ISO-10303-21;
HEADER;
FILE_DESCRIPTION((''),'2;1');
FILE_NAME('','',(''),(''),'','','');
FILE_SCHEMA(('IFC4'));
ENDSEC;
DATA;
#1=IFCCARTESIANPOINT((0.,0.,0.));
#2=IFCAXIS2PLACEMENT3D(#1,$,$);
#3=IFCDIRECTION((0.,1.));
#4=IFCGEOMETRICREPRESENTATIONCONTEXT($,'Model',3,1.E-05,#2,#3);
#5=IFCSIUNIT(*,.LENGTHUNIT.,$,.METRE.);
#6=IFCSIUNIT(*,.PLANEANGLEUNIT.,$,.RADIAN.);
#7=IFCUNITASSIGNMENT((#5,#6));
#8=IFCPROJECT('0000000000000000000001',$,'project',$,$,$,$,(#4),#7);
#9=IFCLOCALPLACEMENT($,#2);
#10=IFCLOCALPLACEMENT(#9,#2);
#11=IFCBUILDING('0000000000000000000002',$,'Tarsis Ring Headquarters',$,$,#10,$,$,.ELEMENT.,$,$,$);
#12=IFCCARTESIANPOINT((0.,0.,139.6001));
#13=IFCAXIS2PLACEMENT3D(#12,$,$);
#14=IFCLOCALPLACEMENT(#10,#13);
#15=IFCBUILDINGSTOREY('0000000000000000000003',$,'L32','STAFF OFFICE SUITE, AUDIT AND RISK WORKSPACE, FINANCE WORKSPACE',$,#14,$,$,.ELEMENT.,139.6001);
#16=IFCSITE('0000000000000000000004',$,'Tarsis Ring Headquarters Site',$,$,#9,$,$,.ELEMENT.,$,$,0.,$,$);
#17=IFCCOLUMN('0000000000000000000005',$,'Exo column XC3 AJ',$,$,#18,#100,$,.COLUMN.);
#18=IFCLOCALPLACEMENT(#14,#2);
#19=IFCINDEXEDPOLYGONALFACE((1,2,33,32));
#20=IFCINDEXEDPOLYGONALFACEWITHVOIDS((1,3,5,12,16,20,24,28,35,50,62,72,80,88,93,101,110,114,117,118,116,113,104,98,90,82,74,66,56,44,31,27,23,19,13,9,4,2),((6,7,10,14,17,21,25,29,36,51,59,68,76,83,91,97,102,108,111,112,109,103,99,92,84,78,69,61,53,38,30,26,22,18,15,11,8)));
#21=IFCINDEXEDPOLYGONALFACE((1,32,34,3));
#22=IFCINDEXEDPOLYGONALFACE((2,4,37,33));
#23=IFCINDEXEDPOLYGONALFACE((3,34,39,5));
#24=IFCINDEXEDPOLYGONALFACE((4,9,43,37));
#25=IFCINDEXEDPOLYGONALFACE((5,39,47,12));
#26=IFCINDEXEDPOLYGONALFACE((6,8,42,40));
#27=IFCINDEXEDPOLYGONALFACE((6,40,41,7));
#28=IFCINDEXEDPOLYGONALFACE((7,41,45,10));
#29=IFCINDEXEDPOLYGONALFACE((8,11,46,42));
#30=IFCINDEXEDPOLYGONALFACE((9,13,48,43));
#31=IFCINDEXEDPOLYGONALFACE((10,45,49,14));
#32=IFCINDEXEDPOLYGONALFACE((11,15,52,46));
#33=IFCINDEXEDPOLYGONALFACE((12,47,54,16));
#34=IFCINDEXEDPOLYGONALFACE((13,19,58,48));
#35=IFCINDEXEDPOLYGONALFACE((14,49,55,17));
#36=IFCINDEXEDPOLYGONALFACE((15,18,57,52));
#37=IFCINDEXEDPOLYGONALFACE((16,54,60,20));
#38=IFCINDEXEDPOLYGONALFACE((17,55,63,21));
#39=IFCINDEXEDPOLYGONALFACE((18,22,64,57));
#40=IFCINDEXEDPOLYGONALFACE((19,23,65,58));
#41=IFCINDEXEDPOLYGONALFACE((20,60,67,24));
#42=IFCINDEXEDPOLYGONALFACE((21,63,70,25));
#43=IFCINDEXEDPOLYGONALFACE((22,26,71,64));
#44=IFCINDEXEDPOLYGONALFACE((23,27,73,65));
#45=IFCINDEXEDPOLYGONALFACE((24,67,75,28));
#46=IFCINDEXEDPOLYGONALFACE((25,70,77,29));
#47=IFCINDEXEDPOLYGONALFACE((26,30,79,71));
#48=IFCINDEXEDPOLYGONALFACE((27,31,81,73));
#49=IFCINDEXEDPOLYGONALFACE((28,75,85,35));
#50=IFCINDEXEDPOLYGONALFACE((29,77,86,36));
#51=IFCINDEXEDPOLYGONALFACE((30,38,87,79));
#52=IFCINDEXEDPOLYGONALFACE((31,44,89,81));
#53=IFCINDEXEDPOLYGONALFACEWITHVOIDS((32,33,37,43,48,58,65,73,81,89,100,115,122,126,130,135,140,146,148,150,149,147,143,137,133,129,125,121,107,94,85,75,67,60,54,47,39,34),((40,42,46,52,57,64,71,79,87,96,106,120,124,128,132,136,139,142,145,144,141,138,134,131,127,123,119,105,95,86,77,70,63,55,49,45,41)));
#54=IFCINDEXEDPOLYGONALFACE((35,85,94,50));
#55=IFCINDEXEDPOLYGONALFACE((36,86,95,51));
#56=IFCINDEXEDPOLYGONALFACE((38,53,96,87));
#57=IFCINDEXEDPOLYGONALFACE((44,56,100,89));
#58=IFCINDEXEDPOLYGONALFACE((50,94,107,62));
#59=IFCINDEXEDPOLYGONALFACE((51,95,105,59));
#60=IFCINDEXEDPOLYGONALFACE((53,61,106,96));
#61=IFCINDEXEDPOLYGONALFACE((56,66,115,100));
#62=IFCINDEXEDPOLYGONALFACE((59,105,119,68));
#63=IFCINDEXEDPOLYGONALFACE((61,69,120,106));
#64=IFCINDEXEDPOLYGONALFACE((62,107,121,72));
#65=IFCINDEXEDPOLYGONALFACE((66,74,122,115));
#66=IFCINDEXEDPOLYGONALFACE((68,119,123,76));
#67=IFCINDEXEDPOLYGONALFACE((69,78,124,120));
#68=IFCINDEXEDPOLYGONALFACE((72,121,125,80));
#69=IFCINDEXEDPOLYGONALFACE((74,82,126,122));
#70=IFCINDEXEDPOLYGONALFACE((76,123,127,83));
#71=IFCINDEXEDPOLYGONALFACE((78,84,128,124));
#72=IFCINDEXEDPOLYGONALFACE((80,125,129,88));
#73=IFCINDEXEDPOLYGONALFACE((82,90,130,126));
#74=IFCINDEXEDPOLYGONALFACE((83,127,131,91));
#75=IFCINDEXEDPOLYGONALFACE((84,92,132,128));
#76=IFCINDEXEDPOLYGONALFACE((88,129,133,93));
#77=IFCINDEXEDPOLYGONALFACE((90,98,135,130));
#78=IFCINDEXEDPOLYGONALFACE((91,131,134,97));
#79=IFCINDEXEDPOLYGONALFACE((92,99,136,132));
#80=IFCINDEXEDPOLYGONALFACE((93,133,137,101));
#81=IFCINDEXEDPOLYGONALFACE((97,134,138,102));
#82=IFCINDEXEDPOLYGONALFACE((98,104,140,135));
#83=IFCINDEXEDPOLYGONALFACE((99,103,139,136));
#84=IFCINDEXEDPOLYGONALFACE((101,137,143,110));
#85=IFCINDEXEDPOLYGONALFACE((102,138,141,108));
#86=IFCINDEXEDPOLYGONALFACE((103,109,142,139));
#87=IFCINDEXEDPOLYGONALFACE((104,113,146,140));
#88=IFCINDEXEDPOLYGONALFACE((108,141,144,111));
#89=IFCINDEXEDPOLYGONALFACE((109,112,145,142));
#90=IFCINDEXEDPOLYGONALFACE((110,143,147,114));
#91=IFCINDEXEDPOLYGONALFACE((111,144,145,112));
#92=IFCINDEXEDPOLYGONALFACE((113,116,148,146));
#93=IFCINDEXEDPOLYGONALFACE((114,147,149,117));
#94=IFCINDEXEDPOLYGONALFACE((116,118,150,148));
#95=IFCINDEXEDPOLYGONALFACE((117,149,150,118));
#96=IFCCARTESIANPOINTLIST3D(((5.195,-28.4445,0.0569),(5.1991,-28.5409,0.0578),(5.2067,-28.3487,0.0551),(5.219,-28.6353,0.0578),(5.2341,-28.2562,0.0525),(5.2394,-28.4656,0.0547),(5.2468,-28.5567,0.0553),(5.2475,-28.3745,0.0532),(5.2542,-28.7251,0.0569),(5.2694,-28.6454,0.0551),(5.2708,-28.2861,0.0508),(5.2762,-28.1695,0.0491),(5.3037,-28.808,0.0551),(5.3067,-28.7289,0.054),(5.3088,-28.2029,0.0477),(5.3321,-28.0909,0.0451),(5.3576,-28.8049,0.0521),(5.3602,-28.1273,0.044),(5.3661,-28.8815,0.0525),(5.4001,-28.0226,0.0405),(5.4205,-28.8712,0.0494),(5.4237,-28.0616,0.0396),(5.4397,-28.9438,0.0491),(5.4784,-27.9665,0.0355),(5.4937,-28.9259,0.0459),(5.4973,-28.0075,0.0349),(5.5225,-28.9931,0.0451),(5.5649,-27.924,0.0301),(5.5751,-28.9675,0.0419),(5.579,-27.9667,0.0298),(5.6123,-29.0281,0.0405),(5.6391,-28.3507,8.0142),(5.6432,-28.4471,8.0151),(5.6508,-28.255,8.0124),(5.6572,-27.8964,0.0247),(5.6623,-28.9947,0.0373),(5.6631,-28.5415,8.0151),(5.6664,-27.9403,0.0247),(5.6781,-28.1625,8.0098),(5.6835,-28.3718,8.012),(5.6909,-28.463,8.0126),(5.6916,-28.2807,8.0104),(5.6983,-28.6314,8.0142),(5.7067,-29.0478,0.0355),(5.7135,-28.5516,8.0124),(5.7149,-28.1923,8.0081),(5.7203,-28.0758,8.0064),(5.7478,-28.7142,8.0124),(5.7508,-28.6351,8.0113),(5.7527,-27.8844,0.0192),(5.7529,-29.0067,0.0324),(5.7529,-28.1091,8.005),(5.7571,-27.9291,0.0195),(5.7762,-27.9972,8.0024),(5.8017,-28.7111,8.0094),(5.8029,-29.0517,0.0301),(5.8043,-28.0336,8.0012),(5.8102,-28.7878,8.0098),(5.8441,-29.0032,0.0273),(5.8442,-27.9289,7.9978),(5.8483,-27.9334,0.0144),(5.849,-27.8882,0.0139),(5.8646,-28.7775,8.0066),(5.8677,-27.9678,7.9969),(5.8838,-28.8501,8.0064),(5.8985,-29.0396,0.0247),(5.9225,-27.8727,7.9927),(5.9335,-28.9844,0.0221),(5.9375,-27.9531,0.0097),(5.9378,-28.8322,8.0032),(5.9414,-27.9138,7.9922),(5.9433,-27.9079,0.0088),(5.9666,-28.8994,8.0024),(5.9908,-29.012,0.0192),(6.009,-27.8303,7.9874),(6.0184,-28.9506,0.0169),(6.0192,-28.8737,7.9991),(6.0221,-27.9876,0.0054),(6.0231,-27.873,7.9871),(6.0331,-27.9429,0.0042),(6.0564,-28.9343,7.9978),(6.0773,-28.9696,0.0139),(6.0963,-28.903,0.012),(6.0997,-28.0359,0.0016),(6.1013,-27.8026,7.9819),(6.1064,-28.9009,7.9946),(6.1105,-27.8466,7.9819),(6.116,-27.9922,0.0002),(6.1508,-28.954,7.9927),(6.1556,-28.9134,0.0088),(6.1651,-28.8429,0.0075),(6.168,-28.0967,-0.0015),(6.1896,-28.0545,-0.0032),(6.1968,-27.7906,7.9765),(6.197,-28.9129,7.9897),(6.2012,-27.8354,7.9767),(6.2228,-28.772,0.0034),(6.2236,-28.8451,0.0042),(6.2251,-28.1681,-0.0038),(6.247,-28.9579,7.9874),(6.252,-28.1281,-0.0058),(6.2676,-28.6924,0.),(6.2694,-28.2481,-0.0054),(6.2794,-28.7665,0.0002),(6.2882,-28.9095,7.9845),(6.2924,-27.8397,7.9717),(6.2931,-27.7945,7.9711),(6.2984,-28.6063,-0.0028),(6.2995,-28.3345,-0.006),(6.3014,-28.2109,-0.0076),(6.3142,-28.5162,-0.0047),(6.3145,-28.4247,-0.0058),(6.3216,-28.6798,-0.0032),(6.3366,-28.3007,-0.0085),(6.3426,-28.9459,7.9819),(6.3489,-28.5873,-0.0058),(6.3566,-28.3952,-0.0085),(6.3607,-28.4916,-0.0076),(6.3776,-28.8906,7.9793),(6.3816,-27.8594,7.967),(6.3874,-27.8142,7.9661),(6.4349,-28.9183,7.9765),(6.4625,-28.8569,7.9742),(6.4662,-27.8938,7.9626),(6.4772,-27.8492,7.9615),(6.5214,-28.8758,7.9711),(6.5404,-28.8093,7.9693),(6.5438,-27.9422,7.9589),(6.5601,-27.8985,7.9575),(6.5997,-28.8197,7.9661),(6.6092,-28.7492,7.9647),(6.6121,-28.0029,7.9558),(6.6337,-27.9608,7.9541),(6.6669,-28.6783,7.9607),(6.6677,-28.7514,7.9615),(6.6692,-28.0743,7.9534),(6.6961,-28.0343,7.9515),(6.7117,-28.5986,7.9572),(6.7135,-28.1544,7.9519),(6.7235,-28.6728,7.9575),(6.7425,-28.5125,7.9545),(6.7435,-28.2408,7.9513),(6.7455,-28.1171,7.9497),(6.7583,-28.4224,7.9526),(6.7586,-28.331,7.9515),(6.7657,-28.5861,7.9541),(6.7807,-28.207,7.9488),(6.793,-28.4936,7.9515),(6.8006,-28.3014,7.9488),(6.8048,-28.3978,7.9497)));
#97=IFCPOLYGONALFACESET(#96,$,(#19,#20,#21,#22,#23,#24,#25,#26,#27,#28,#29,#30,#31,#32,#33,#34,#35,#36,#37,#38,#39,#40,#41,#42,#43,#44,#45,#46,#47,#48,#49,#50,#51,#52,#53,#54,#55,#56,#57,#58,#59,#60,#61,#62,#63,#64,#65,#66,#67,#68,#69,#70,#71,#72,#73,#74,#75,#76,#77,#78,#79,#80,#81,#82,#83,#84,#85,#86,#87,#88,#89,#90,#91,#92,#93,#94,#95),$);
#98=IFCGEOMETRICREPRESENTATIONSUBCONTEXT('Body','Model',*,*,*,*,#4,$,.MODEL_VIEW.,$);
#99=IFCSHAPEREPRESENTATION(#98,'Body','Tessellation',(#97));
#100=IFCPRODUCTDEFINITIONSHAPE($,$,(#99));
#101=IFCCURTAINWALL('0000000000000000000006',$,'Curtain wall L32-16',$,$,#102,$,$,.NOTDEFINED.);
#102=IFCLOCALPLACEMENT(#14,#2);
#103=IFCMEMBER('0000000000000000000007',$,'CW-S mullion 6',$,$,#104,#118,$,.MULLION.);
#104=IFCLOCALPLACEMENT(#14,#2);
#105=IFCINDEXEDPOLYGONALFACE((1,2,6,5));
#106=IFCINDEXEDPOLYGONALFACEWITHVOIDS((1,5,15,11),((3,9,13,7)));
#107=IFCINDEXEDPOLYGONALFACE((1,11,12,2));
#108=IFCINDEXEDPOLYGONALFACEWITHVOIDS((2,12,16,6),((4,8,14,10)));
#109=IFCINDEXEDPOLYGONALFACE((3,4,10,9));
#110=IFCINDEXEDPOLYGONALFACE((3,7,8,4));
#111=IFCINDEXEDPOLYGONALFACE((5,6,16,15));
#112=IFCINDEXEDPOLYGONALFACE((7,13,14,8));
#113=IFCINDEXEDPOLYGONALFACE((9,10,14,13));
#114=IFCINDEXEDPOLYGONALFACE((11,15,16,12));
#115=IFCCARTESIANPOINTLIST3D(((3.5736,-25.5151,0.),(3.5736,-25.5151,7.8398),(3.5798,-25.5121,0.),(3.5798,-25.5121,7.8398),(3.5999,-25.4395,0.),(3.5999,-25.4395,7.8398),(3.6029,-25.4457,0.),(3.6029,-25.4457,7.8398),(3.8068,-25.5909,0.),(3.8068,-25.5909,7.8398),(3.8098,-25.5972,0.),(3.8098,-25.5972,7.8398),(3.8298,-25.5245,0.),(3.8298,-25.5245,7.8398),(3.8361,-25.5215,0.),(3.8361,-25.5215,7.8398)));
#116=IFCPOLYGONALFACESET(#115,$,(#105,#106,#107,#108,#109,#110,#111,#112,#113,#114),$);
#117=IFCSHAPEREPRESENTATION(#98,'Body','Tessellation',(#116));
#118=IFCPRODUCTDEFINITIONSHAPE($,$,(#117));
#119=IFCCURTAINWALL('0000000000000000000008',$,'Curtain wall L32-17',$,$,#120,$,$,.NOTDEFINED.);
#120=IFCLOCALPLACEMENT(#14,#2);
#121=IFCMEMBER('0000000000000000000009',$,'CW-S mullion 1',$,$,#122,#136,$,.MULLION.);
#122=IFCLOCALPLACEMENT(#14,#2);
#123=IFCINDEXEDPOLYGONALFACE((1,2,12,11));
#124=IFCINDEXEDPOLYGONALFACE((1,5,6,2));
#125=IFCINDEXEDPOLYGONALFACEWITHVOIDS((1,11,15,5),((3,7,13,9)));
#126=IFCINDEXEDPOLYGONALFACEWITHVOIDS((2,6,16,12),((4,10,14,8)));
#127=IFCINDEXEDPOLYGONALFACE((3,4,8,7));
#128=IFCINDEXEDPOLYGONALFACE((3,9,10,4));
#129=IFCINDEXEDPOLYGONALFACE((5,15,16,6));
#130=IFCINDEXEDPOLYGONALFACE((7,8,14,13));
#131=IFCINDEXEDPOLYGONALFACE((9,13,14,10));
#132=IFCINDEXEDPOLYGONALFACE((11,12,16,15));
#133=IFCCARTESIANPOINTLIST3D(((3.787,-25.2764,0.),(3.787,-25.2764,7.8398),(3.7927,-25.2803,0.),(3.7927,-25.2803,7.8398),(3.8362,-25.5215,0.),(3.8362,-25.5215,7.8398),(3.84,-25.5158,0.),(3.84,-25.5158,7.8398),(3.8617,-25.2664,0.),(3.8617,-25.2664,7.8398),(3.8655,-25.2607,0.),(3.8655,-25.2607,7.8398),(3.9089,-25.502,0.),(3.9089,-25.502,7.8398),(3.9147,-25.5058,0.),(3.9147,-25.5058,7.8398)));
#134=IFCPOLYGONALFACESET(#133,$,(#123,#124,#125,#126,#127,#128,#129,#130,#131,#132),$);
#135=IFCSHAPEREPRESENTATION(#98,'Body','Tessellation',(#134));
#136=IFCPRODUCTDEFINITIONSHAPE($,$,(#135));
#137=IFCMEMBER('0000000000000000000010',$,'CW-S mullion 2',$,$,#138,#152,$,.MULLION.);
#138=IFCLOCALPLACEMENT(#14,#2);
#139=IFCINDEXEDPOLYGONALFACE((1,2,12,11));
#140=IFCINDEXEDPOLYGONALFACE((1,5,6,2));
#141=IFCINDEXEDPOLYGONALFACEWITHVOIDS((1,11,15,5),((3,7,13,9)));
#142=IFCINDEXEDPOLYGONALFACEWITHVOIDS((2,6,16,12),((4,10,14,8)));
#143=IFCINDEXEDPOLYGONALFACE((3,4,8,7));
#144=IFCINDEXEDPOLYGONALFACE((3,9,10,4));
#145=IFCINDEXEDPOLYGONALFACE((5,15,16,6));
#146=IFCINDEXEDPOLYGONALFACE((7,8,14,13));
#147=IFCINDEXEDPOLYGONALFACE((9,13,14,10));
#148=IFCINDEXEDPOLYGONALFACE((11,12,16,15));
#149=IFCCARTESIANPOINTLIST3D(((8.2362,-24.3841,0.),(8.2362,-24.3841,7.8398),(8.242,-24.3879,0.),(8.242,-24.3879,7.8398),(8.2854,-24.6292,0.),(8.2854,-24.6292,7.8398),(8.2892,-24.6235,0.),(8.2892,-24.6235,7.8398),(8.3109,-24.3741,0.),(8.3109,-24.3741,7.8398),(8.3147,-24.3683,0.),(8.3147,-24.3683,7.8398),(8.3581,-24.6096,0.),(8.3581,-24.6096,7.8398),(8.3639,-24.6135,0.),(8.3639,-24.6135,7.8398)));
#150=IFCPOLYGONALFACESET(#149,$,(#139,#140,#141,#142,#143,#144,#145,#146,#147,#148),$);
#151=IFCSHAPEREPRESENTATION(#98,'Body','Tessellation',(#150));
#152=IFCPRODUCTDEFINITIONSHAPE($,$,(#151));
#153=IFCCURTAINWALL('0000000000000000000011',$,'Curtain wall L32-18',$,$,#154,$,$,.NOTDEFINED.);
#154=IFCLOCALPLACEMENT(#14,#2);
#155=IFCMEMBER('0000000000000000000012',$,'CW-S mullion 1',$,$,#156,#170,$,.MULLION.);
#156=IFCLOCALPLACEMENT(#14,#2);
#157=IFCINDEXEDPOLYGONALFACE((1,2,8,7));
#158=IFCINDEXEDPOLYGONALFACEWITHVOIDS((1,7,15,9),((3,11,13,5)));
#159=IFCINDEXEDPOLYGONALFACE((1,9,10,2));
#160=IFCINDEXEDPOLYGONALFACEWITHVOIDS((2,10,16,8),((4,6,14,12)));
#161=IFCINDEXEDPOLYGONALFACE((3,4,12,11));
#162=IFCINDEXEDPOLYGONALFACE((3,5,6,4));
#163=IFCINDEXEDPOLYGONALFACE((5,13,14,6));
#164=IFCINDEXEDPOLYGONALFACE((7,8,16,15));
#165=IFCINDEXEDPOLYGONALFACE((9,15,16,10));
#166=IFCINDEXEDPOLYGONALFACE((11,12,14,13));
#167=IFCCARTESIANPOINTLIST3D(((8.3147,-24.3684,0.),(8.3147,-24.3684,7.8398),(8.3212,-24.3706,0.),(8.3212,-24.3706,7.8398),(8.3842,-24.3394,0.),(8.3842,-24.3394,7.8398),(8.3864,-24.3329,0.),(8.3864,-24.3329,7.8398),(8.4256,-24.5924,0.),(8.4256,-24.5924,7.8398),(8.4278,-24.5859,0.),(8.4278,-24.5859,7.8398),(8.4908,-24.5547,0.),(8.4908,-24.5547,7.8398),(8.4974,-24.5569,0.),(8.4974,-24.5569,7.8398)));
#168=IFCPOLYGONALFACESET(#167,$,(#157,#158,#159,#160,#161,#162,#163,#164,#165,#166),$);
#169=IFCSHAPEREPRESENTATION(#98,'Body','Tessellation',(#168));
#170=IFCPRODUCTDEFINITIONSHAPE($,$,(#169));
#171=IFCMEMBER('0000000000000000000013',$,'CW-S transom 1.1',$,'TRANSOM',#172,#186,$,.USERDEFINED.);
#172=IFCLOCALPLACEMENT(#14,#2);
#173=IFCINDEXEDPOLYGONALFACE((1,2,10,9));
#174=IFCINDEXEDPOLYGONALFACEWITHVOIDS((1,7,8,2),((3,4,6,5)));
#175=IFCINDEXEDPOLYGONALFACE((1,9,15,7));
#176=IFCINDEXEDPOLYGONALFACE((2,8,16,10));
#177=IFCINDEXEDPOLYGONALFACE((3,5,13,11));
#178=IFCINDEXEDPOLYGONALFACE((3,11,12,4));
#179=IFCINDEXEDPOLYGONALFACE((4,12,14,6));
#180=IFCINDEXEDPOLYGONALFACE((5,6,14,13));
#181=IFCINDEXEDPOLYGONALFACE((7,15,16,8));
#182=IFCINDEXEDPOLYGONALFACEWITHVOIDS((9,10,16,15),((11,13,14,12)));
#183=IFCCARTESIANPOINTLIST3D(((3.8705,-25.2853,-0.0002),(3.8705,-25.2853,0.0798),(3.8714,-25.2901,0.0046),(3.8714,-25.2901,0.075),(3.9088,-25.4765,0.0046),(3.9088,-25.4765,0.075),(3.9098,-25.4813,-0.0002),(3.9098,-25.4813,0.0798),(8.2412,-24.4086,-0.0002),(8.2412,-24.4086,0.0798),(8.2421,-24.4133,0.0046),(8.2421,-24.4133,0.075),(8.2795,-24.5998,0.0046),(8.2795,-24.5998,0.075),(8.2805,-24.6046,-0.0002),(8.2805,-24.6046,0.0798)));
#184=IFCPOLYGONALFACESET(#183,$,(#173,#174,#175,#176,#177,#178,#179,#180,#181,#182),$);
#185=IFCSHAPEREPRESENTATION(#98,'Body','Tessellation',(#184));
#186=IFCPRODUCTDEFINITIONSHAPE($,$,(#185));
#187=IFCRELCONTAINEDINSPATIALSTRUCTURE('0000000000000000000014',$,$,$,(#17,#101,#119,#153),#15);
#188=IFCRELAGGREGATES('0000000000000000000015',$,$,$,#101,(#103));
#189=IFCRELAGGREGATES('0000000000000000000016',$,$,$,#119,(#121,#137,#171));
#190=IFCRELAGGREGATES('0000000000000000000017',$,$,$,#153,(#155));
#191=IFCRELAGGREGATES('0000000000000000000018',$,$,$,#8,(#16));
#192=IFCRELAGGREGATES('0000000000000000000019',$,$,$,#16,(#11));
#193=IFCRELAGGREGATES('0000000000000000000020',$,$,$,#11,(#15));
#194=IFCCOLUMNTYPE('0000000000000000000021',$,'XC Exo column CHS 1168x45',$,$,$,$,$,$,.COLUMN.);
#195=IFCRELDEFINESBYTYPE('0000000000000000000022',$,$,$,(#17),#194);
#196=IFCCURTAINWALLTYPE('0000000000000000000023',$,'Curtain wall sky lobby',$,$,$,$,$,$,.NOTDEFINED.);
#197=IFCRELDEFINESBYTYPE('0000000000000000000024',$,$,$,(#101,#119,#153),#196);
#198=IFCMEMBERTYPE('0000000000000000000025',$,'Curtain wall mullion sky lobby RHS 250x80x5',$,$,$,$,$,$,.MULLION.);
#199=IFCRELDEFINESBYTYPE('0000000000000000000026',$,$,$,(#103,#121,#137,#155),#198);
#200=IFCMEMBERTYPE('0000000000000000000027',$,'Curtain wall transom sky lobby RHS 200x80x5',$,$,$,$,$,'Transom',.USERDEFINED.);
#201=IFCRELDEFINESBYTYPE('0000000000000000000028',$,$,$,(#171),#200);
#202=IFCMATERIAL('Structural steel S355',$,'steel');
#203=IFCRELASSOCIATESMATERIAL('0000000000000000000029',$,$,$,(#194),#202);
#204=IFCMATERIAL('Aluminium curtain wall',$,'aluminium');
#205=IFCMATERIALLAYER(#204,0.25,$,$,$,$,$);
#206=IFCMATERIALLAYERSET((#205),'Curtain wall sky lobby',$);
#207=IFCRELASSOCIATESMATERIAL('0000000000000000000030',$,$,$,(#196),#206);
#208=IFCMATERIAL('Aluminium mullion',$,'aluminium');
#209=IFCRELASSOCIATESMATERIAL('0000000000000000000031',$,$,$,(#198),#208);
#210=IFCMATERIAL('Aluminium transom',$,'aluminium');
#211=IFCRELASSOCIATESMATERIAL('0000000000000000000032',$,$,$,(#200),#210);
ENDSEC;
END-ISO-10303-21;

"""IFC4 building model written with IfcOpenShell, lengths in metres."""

from ifc_helpers import new_model, si_unit, direction, frame, origin, origin_2d, place, context, subcontext, project, spatial, hollow_rectangle, hollow_circle, extrude, material, layer, layer_set, material_profile, profile_set, type_object, element, aggregate, save


model = new_model("IFC4")

# Units and contexts
model_context = context("Model", 3, precision=1e-05, world=origin(), true_north=direction((0.0, 1.0)))
body_context = subcontext(model_context, "Body", "Model", "MODEL_VIEW")
ifc_project = project(units=[si_unit("LENGTHUNIT", "METRE"), si_unit("PLANEANGLEUNIT", "RADIAN")], contexts=[model_context])

# Site, building, storey
site_placement = place(None, origin())
site = spatial("IfcSite", under=ifc_project, at=site_placement, Name="Tarsis Ring Headquarters Site", CompositionType="ELEMENT", RefElevation=0.0)
building_placement = place(site_placement, origin())
building = spatial("IfcBuilding", under=site, at=building_placement, Name="Tarsis Ring Headquarters", CompositionType="ELEMENT")
storey_placement = place(building_placement, frame((0.0, 0.0, 139.6001)))
storey = spatial("IfcBuildingStorey", under=building, at=storey_placement, Name="L32", Description="STAFF OFFICE SUITE, AUDIT AND RISK WORKSPACE, FINANCE WORKSPACE", CompositionType="ELEMENT", Elevation=139.6001)

# Column
ifc_material_1 = material(Name="Structural steel S355", Category="steel")
ifc_material_profile_1 = material_profile(ifc_material_1, hollow_circle(Radius=0.5842, WallThickness=0.0449, at=origin_2d()), Name="CHS 1168x45")
ifc_profile_set_1 = profile_set([ifc_material_profile_1], Name="Structural steel S355")
column_type = type_object("IfcColumnType", Name="XC Exo column CHS 1168x45", PredefinedType="COLUMN", material=ifc_profile_set_1)
column_placement = place(storey_placement, frame((5.7778, -28.468, 0.0247), z_axis=(0.055719, 0.011763, 0.998377), x_axis=(-0.206553, 0.978435, 0.0)))
element("IfcColumn", 1, at=column_placement, inside=storey, type_object=column_type, Name="Exo column XC3 AJ", PredefinedType="COLUMN", context=body_context, shape_type="SweptSolid", body=[
    extrude(hollow_circle(Radius=0.5842, WallThickness=0.0449, at=origin_2d()), origin(), (0.0, 0.0, 1.0), 7.9702),
])

# Curtain wall, member
ifc_material_2 = material(Name="Aluminium curtain wall", Category="aluminium")
ifc_layer_1 = layer(ifc_material_2, 0.25)
ifc_layer_set_1 = layer_set([ifc_layer_1], Name="Curtain wall sky lobby")
curtain_wall_type = type_object("IfcCurtainWallType", Name="Curtain wall sky lobby", PredefinedType="NOTDEFINED", material=ifc_layer_set_1)
curtain_wall_1_placement = place(storey_placement, origin())
curtain_wall_1 = element("IfcCurtainWall", 2, at=curtain_wall_1_placement, inside=storey, type_object=curtain_wall_type, Name="Curtain wall L32-16", PredefinedType="NOTDEFINED")
ifc_material_3 = material(Name="Aluminium mullion", Category="aluminium")
ifc_material_profile_2 = material_profile(ifc_material_3, hollow_rectangle(XDim=0.25, YDim=0.0801, WallThickness=0.0049, at=origin_2d()), Name="RHS 250x80x5")
ifc_profile_set_2 = profile_set([ifc_material_profile_2], Name="Aluminium mullion")
member_type_1 = type_object("IfcMemberType", Name="Curtain wall mullion sky lobby RHS 250x80x5", PredefinedType="MULLION", material=ifc_profile_set_2)
member_1_placement = place(storey_placement, frame((3.7048, -25.5183, 0.0), z_axis=(0.0, 0.0, 1.0), x_axis=(-0.944606, 0.328207, 0.0)))
member_1 = element("IfcMember", 3, at=member_1_placement, type_object=member_type_1, Name="CW-S mullion 6", PredefinedType="MULLION", context=body_context, shape_type="SweptSolid", body=[
    extrude(hollow_rectangle(XDim=0.25, YDim=0.0801, WallThickness=0.0049, at=origin_2d()), origin(), (0.0, 0.0, 1.0), 7.8398),
])

# Curtain wall, members
curtain_wall_2_placement = place(storey_placement, origin())
curtain_wall_2 = element("IfcCurtainWall", 4, at=curtain_wall_2_placement, inside=storey, type_object=curtain_wall_type, Name="Curtain wall L32-17", PredefinedType="NOTDEFINED")
member_2_placement = place(storey_placement, frame((3.8508, -25.3911, 0.0), z_axis=(0.0, 0.0, 1.0), x_axis=(-0.196631, 0.980478, 0.0)))
member_2 = element("IfcMember", 5, at=member_2_placement, type_object=member_type_1, Name="CW-S mullion 1", PredefinedType="MULLION", context=body_context, shape_type="SweptSolid", body=[
    extrude(hollow_rectangle(XDim=0.25, YDim=0.0801, WallThickness=0.0049, at=origin_2d()), origin(), (0.0, 0.0, 1.0), 7.8398),
])
member_3_placement = place(storey_placement, frame((8.3, -24.4988, 0.0), z_axis=(0.0, 0.0, 1.0), x_axis=(-0.196631, 0.980478, 0.0)))
member_3 = element("IfcMember", 6, at=member_3_placement, type_object=member_type_1, Name="CW-S mullion 2", PredefinedType="MULLION", context=body_context, shape_type="SweptSolid", body=[
    extrude(hollow_rectangle(XDim=0.25, YDim=0.0801, WallThickness=0.0049, at=origin_2d()), origin(), (0.0, 0.0, 1.0), 7.8398),
])

# Curtain wall, member
curtain_wall_3_placement = place(storey_placement, origin())
curtain_wall_3 = element("IfcCurtainWall", 7, at=curtain_wall_3_placement, inside=storey, type_object=curtain_wall_type, Name="Curtain wall L32-18", PredefinedType="NOTDEFINED")
member_4_placement = place(storey_placement, frame((8.406, -24.4626, 0.0), z_axis=(0.0, 0.0, 1.0), x_axis=(-0.443697, 0.896177, 0.0)))
member_4 = element("IfcMember", 8, at=member_4_placement, type_object=member_type_1, Name="CW-S mullion 1", PredefinedType="MULLION", context=body_context, shape_type="SweptSolid", body=[
    extrude(hollow_rectangle(XDim=0.25, YDim=0.0801, WallThickness=0.0049, at=origin_2d()), origin(), (0.0, 0.0, 1.0), 7.8398),
])

# Member
ifc_material_4 = material(Name="Aluminium transom", Category="aluminium")
ifc_material_profile_3 = material_profile(ifc_material_4, hollow_rectangle(XDim=0.2, YDim=0.0801, WallThickness=0.0049, at=origin_2d()), Name="RHS 200x80x5")
ifc_profile_set_3 = profile_set([ifc_material_profile_3], Name="Aluminium transom")
member_type_2 = type_object("IfcMemberType", Name="Curtain wall transom sky lobby RHS 200x80x5", ElementType="Transom", PredefinedType="USERDEFINED", material=ifc_profile_set_3)
member_5_placement = place(storey_placement, frame((3.8901, -25.3833, 0.0398), z_axis=(0.980469, 0.196674, 0.0), x_axis=(-0.196674, 0.980469, 0.0)))
member_5 = element("IfcMember", 9, at=member_5_placement, type_object=member_type_2, Name="CW-S transom 1.1", ObjectType="TRANSOM", PredefinedType="USERDEFINED", context=body_context, shape_type="SweptSolid", body=[
    extrude(hollow_rectangle(XDim=0.2, YDim=0.0801, WallThickness=0.0049, at=origin_2d()), origin(), (0.0, 0.0, 1.0), 4.4578),
])

aggregate(curtain_wall_1, [member_1])
aggregate(curtain_wall_2, [member_2, member_3, member_5])
aggregate(curtain_wall_3, [member_4])

save(model, "model.ifc")
